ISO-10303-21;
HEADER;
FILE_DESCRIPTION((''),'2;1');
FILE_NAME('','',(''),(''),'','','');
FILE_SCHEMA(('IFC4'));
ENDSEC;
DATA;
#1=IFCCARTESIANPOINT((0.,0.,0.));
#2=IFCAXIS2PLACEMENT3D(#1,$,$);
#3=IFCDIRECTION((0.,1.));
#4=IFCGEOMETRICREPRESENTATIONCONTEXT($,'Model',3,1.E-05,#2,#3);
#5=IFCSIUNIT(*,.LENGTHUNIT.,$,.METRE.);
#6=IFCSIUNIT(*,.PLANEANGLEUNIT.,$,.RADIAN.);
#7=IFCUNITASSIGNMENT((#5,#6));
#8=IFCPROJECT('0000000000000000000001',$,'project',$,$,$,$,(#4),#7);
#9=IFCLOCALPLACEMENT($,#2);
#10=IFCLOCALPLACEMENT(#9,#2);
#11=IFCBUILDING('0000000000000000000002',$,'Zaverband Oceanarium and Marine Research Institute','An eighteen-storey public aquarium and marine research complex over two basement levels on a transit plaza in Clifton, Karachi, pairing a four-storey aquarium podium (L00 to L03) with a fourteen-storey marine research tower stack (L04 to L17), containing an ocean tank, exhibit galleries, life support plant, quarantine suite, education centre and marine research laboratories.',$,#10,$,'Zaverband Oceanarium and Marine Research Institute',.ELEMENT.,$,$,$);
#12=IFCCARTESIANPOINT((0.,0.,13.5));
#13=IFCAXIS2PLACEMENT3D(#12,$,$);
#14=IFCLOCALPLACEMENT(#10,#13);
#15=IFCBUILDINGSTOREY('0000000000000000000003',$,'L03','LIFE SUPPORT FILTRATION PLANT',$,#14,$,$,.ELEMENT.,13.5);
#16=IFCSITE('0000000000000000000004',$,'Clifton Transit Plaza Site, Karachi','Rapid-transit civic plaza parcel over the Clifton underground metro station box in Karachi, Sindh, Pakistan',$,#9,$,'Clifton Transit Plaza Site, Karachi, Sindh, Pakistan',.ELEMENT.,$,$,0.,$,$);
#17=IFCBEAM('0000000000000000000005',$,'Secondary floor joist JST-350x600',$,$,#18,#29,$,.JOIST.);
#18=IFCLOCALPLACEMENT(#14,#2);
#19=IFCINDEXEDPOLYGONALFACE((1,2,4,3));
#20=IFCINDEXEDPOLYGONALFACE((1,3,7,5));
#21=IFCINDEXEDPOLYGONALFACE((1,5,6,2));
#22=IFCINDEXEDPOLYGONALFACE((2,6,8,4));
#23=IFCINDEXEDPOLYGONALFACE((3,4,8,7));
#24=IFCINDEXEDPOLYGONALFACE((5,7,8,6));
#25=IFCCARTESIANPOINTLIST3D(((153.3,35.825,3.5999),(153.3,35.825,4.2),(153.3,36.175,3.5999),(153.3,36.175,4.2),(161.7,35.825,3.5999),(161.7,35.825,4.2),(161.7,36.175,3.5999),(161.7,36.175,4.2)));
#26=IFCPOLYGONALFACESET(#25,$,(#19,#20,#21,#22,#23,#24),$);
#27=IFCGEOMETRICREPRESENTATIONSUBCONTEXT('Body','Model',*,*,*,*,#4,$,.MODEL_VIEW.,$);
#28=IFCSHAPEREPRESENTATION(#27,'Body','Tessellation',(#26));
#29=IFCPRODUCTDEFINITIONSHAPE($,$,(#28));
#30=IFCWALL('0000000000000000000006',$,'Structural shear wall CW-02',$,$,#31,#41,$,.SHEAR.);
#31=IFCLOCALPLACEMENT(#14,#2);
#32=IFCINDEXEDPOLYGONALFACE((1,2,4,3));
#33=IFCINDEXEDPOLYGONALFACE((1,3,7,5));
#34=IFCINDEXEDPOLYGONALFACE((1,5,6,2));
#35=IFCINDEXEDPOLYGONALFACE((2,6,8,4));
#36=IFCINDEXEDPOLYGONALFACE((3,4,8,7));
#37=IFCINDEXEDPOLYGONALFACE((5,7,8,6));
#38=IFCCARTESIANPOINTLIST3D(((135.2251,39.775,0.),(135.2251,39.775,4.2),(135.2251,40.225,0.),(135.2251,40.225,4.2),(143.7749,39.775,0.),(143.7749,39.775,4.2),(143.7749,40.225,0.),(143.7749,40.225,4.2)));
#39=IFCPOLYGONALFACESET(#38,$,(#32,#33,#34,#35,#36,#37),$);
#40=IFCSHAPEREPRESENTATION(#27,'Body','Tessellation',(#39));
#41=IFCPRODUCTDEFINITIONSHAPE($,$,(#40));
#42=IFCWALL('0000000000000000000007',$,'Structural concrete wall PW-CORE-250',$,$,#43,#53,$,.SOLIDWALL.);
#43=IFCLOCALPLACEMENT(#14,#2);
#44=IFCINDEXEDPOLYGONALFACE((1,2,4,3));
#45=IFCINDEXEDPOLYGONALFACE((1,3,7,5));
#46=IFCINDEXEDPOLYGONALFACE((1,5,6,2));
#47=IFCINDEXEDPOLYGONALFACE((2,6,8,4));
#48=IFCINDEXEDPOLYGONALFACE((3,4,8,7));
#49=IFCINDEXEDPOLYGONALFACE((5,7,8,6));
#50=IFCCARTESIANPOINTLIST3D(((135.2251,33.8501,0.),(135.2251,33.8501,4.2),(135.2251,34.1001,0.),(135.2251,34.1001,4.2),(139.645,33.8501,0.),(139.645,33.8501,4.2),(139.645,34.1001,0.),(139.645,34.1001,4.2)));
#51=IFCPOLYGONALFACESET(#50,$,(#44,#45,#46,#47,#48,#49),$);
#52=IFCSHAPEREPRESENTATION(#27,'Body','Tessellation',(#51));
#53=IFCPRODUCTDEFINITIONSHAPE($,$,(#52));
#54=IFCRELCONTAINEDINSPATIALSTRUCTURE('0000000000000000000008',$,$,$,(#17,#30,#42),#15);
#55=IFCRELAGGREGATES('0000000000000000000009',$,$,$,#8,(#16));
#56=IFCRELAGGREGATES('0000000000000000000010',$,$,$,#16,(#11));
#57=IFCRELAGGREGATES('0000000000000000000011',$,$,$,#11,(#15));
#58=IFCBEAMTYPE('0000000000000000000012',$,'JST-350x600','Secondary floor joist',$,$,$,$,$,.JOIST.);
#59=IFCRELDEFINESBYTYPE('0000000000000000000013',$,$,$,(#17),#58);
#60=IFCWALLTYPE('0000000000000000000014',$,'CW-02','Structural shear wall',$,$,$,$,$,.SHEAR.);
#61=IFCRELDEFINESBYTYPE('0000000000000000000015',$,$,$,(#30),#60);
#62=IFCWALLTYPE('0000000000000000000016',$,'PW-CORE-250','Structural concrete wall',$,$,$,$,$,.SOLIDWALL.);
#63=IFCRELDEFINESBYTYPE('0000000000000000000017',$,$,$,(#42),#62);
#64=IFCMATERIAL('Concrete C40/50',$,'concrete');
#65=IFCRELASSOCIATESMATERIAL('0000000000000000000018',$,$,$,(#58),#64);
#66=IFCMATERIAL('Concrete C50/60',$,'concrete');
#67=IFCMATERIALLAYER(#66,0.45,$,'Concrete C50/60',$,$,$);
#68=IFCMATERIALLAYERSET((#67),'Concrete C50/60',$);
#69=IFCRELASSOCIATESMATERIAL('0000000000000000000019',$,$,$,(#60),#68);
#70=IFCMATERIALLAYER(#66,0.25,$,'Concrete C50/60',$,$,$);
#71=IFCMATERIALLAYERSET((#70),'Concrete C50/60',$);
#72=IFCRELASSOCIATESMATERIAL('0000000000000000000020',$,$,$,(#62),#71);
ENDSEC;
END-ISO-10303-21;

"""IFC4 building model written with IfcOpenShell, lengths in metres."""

from ifc_helpers import new_model, si_unit, direction, frame, frame_2d, origin, origin_2d, place, context, subcontext, project, spatial, rectangle, extrude, material, layer, layer_set, material_profile, profile_set, type_object, element, save


model = new_model("IFC4")

# Units and contexts
model_context = context("Model", 3, precision=1e-05, world=origin(), true_north=direction((0.0, 1.0)))
body_context = subcontext(model_context, "Body", "Model", "MODEL_VIEW")
ifc_project = project(units=[si_unit("LENGTHUNIT", "METRE"), si_unit("PLANEANGLEUNIT", "RADIAN")], contexts=[model_context])

# Site, building, storey
site_placement = place(None, origin())
site = spatial("IfcSite", under=ifc_project, at=site_placement, Name="Clifton Transit Plaza Site, Karachi", Description="Rapid-transit civic plaza parcel over the Clifton underground metro station box in Karachi, Sindh, Pakistan", LongName="Clifton Transit Plaza Site, Karachi, Sindh, Pakistan", CompositionType="ELEMENT", RefElevation=0.0)
building_placement = place(site_placement, origin())
building = spatial("IfcBuilding", under=site, at=building_placement, Name="Zaverband Oceanarium and Marine Research Institute", Description="An eighteen-storey public aquarium and marine research complex over two basement levels on a transit plaza in Clifton, Karachi, pairing a four-storey aquarium podium (L00 to L03) with a fourteen-storey marine research tower stack (L04 to L17), containing an ocean tank, exhibit galleries, life support plant, quarantine suite, education centre and marine research laboratories.", LongName="Zaverband Oceanarium and Marine Research Institute", CompositionType="ELEMENT")
storey_placement = place(building_placement, frame((0.0, 0.0, 13.5)))
storey = spatial("IfcBuildingStorey", under=building, at=storey_placement, Name="L03", Description="LIFE SUPPORT FILTRATION PLANT", CompositionType="ELEMENT", Elevation=13.5)

# Shared definitions
ifc_material_1 = material(Name="Concrete C50/60", Category="concrete")

# Beam
ifc_material_2 = material(Name="Concrete C40/50", Category="concrete")
ifc_material_profile_1 = material_profile(ifc_material_2, rectangle(XDim=0.3501, YDim=0.6001, at=origin_2d()), Name="RC350x600")
ifc_profile_set_1 = profile_set([ifc_material_profile_1], Name="Concrete C40/50")
beam_type_1 = type_object("IfcBeamType", Name="JST-350x600", Description="Secondary floor joist", PredefinedType="JOIST", material=ifc_profile_set_1)
for number, where, z_axis, x_axis, name in (
    (1, (153.3, 36.0, 3.8999), (1.0, 0.0, 0.0), (0.0, 1.0, 0.0), "Secondary floor joist JST-350x600"),
):
    element("IfcBeam", number, at=place(storey_placement, frame(where, z_axis=z_axis, x_axis=x_axis)), inside=storey, type_object=beam_type_1, Name=name, PredefinedType="JOIST", context=body_context, shape_type="SweptSolid", body=[
        extrude(rectangle(XDim=0.3501, YDim=0.6001, at=origin_2d()), origin(), (0.0, 0.0, 1.0), 8.3999),
    ])

# Walls
ifc_layer_1 = layer(ifc_material_1, 0.45, Name="Concrete C50/60")
ifc_layer_set_1 = layer_set([ifc_layer_1], Name="Concrete C50/60")
wall_type_1 = type_object("IfcWallType", Name="CW-02", Description="Structural shear wall", PredefinedType="SHEAR", material=ifc_layer_set_1)
wall_1_placement = place(storey_placement, frame((135.2251, 40.0, 0.0), z_axis=(0.0, 0.0, 1.0), x_axis=(1.0, 0.0, 0.0)))
element("IfcWall", 2, at=wall_1_placement, inside=storey, type_object=wall_type_1, Name="Structural shear wall CW-02", PredefinedType="SHEAR", context=body_context, shape_type="SweptSolid", body=[
    extrude(rectangle(XDim=8.5498, YDim=0.45, at=frame_2d((4.2749, 0.0))), origin(), (0.0, 0.0, 1.0), 4.2),
])
ifc_layer_2 = layer(ifc_material_1, 0.25, Name="Concrete C50/60")
ifc_layer_set_2 = layer_set([ifc_layer_2], Name="Concrete C50/60")
wall_type_2 = type_object("IfcWallType", Name="PW-CORE-250", Description="Structural concrete wall", PredefinedType="SOLIDWALL", material=ifc_layer_set_2)
wall_2_placement = place(storey_placement, frame((135.2251, 33.9751, 0.0), z_axis=(0.0, 0.0, 1.0), x_axis=(1.0, 0.0, 0.0)))
element("IfcWall", 3, at=wall_2_placement, inside=storey, type_object=wall_type_2, Name="Structural concrete wall PW-CORE-250", PredefinedType="SOLIDWALL", context=body_context, shape_type="SweptSolid", body=[
    extrude(rectangle(XDim=4.4199, YDim=0.25, at=frame_2d((2.21, 0.0))), origin(), (0.0, 0.0, 1.0), 4.2),
])

save(model, "model.ifc")
